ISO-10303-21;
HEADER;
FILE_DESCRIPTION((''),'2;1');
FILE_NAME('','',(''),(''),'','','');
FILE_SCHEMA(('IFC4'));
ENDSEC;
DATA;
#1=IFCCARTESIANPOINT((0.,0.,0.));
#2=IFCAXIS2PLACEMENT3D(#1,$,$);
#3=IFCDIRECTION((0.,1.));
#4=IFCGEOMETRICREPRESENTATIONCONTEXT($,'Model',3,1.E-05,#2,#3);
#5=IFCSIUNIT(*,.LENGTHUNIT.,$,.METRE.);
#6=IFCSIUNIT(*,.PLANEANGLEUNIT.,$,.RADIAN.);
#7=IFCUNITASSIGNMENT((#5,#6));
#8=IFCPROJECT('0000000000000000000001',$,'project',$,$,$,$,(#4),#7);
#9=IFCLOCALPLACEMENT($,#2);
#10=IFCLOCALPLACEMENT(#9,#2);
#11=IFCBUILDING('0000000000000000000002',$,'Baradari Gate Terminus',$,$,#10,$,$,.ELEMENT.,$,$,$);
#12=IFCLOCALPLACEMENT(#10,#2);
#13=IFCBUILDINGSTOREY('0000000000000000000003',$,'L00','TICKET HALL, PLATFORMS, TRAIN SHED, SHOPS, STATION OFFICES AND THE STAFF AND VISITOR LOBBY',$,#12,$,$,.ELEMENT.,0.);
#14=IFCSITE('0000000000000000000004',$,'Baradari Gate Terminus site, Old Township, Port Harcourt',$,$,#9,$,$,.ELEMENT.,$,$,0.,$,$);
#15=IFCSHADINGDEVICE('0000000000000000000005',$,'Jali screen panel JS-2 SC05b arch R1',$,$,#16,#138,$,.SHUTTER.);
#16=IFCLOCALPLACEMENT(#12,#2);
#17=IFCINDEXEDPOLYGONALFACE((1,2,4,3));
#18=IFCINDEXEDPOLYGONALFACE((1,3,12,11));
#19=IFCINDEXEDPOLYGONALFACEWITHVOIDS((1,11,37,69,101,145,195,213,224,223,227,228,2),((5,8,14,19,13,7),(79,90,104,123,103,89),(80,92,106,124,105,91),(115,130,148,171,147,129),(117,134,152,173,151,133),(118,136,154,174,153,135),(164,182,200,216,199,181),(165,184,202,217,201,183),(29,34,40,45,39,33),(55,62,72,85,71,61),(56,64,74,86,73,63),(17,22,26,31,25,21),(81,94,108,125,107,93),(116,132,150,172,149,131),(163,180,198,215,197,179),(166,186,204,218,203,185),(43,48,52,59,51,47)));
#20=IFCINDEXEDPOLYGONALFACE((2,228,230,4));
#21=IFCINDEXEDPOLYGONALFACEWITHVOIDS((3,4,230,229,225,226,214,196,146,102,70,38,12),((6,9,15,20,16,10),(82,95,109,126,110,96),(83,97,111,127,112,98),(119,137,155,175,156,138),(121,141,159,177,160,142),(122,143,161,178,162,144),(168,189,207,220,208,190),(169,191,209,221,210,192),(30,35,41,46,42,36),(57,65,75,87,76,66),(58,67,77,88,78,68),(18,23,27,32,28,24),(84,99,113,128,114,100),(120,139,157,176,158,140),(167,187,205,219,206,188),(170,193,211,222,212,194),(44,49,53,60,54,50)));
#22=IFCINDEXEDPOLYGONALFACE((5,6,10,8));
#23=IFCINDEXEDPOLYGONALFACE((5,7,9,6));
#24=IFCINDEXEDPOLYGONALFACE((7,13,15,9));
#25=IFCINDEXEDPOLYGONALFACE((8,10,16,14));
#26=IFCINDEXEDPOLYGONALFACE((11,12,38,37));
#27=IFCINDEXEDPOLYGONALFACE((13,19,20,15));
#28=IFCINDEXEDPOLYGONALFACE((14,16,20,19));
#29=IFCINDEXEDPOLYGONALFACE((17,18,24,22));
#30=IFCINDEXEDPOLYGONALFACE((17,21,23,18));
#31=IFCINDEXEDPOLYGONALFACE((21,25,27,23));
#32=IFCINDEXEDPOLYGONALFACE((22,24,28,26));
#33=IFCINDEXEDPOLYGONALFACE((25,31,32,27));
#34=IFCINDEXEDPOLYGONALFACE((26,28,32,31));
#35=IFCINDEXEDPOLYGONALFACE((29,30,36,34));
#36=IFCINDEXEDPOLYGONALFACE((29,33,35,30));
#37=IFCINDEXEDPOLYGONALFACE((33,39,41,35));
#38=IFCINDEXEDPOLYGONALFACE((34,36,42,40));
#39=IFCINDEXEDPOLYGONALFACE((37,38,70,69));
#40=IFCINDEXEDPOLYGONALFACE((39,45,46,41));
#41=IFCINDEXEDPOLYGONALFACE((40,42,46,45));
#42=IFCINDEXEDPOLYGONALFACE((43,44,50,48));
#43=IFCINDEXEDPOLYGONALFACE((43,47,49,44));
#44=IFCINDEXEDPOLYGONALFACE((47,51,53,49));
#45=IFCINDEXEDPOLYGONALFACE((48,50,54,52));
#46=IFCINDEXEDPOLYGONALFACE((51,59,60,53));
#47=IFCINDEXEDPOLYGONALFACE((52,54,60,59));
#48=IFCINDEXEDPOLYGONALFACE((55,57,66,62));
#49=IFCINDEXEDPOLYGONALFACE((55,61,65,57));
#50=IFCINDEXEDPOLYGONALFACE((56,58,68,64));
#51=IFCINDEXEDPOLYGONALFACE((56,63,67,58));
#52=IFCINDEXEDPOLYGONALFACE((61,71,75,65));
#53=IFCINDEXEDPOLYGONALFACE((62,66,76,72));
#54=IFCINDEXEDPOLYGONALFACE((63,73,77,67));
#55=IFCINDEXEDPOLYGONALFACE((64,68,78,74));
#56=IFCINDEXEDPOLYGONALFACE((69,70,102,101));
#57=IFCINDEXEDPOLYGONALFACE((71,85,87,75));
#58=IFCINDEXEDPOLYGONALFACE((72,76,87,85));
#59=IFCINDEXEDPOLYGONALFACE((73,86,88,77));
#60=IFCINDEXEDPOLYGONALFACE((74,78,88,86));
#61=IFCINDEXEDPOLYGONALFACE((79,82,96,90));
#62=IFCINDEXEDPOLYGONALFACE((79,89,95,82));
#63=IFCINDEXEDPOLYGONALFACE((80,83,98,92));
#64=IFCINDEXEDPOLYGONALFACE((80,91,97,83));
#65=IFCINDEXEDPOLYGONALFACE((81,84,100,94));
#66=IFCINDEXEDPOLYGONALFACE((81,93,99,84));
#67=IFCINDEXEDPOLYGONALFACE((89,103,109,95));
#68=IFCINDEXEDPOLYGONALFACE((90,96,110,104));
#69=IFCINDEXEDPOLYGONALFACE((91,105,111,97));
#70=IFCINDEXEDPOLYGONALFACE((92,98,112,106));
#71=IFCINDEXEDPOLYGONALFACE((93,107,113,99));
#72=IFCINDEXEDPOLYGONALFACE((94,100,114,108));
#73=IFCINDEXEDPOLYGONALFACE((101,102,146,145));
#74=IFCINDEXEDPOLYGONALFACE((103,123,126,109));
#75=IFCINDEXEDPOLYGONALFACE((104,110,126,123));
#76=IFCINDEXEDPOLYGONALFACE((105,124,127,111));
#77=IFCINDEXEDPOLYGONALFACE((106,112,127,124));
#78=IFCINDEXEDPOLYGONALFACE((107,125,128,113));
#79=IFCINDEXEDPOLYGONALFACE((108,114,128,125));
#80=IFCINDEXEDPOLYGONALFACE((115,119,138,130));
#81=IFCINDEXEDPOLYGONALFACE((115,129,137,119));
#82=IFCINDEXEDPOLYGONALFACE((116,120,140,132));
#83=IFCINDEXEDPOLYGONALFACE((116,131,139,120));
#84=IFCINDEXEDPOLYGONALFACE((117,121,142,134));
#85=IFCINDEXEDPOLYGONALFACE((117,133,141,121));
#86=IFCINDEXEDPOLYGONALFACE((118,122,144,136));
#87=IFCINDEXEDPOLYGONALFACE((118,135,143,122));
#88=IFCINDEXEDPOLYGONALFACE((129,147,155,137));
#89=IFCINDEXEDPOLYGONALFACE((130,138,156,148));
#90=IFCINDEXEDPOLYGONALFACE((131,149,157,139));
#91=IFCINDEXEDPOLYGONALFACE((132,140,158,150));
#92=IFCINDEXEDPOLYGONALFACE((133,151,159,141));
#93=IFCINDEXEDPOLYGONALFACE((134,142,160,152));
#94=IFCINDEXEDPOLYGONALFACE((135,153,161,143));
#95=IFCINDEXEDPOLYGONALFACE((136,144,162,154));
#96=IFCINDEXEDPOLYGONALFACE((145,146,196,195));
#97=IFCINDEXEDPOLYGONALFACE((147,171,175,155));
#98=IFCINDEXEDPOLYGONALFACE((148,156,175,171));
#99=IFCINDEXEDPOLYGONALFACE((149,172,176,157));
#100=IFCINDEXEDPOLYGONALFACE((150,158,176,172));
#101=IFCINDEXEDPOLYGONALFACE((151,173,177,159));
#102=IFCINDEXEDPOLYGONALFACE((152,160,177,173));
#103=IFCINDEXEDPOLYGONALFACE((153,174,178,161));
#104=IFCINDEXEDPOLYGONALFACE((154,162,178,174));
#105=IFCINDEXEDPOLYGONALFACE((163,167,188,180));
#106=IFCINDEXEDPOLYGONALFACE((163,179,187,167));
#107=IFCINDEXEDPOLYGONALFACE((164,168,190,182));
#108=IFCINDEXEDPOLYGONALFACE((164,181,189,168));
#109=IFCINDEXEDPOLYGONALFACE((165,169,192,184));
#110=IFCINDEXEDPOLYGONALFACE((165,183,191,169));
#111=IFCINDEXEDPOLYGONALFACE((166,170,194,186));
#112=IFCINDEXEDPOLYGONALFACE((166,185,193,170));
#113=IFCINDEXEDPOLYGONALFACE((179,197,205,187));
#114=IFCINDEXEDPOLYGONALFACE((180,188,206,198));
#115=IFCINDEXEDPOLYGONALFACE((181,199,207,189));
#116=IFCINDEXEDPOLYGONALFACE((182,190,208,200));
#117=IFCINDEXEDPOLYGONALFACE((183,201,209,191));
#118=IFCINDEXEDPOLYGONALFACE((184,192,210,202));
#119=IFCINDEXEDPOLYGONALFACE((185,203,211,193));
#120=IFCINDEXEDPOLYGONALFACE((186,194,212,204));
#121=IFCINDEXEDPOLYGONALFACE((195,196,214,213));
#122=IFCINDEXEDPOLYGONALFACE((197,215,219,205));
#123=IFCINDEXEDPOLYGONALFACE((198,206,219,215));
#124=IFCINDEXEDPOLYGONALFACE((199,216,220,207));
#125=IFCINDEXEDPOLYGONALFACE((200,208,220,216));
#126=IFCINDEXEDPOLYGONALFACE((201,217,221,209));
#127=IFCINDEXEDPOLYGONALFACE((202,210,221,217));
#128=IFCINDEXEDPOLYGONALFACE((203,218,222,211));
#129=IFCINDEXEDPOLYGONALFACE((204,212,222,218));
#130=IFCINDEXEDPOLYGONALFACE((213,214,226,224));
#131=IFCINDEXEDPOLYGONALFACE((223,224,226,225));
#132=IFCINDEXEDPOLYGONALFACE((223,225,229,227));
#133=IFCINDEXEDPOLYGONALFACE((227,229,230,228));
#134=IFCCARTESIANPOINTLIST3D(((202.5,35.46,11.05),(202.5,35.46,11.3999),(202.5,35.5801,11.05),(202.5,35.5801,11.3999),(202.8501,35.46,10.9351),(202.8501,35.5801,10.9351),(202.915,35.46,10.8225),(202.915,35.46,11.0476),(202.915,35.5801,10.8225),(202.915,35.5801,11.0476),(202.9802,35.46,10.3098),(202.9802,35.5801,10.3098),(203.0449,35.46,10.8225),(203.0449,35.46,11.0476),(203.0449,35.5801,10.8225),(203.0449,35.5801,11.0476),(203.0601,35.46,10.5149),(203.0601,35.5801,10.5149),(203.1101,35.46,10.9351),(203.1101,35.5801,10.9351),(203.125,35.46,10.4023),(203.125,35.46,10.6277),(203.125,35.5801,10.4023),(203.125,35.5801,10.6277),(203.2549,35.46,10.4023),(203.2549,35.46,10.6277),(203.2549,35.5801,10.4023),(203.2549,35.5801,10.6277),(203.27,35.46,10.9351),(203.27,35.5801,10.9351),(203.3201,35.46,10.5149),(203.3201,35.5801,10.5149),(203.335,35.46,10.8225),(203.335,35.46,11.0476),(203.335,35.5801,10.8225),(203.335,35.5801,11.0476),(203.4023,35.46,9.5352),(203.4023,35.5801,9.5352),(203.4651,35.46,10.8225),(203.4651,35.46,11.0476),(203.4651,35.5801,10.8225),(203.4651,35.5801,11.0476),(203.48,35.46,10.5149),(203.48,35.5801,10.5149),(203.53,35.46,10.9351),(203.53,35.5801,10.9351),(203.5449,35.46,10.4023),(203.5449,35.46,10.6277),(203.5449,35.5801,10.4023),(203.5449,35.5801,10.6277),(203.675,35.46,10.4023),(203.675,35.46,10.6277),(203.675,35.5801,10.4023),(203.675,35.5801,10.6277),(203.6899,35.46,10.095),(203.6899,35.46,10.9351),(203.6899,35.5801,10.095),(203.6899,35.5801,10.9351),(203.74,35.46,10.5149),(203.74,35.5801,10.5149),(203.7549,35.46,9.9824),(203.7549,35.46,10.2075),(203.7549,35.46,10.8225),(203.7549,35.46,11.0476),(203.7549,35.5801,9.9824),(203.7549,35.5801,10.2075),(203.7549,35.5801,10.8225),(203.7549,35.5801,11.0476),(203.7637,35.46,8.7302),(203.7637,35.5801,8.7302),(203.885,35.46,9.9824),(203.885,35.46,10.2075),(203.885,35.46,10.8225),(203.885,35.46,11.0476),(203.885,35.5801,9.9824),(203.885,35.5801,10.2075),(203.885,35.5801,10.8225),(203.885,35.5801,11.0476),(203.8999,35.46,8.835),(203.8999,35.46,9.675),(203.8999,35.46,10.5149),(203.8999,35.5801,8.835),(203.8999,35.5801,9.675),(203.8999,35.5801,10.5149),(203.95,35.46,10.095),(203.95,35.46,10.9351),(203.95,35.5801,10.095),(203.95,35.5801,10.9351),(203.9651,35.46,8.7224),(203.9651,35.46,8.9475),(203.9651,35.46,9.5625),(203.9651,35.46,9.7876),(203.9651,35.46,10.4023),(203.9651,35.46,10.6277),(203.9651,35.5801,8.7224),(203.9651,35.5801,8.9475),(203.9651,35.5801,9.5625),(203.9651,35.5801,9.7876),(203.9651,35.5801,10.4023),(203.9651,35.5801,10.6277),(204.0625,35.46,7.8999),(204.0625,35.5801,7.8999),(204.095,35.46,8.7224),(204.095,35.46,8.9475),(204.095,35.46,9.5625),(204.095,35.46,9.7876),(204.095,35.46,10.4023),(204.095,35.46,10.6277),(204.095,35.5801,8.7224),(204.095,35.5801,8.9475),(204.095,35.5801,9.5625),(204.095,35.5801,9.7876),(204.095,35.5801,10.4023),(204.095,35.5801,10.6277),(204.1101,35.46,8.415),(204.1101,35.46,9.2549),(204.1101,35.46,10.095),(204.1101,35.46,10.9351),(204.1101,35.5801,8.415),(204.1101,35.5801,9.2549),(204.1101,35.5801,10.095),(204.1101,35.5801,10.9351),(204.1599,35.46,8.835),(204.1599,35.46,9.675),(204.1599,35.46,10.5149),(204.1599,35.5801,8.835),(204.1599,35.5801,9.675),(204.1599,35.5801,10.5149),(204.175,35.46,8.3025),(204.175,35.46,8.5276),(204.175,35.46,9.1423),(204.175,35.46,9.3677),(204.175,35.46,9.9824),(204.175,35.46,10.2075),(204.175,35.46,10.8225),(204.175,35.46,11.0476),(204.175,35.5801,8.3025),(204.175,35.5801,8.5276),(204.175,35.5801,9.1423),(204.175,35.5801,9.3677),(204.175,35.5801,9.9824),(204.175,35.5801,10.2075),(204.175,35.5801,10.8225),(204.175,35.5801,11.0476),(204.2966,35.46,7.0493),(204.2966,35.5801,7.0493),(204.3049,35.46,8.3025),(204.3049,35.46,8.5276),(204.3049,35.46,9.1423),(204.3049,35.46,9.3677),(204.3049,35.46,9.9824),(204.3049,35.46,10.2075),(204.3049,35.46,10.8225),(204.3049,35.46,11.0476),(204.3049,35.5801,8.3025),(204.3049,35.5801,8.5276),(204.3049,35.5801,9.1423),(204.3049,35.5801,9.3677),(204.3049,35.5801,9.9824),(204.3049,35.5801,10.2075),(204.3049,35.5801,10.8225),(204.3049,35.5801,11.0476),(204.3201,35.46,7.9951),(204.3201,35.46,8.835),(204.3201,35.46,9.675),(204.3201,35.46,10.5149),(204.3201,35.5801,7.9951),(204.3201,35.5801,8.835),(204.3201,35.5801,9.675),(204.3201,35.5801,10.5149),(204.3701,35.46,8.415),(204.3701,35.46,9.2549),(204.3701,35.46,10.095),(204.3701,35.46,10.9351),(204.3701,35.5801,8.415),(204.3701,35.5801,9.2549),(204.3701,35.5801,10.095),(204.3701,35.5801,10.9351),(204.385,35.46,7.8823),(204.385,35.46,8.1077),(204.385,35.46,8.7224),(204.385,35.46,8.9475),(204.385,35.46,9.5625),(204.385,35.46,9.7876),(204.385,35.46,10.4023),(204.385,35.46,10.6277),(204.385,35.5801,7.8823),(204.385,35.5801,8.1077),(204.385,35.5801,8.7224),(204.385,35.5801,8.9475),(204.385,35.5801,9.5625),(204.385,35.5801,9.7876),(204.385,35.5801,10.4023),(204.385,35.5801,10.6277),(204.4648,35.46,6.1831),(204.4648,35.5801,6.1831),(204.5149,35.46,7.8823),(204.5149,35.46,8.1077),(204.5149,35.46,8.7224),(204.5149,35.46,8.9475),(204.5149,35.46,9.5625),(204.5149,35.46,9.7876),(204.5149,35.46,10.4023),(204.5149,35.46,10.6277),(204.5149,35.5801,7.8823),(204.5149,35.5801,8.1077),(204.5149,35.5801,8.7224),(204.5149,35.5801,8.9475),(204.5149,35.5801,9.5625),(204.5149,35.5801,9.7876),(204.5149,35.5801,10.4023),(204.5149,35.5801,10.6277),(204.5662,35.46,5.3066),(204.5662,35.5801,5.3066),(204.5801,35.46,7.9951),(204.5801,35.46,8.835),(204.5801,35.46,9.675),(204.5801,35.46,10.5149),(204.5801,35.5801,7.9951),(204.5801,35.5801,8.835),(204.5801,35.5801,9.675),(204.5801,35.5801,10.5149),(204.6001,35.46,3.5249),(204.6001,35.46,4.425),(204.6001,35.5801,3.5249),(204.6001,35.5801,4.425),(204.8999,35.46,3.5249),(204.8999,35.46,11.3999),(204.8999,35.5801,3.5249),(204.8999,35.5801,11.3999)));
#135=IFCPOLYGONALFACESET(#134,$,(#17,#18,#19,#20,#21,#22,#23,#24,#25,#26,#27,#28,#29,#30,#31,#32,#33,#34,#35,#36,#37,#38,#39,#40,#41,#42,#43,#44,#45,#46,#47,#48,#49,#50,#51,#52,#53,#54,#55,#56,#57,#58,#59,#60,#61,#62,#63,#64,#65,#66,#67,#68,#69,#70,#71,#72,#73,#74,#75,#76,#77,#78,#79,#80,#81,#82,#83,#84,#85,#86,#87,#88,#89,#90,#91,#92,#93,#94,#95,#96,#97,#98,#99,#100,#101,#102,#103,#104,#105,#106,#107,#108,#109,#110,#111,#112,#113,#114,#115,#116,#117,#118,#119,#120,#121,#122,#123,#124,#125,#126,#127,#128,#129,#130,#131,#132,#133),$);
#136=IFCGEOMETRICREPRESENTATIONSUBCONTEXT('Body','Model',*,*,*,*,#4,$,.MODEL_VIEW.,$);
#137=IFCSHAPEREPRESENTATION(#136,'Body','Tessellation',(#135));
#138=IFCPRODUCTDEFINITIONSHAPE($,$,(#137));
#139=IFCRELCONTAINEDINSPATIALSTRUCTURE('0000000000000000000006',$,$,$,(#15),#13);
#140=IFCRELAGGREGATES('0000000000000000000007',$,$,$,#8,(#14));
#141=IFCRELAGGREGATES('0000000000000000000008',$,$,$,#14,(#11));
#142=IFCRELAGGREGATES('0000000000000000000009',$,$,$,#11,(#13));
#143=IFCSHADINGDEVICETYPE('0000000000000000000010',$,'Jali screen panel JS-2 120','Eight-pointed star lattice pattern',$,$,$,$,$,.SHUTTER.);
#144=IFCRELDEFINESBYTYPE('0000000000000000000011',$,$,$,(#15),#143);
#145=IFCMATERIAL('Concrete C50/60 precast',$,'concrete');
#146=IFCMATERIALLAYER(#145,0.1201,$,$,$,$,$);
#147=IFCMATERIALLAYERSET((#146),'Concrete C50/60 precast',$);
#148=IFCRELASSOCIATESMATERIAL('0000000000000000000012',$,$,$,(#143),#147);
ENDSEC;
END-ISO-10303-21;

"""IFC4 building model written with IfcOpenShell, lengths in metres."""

from ifc_helpers import new_model, si_unit, direction, frame, origin, place, context, subcontext, project, spatial, polyline, outline, extrude, material, layer, layer_set, type_object, element, save


model = new_model("IFC4")

# Units and contexts
model_context = context("Model", 3, precision=1e-05, world=origin(), true_north=direction((0.0, 1.0)))
body_context = subcontext(model_context, "Body", "Model", "MODEL_VIEW")
ifc_project = project(units=[si_unit("LENGTHUNIT", "METRE"), si_unit("PLANEANGLEUNIT", "RADIAN")], contexts=[model_context])

# Site, building, storey
site_placement = place(None, origin())
site = spatial("IfcSite", under=ifc_project, at=site_placement, Name="Baradari Gate Terminus site, Old Township, Port Harcourt", CompositionType="ELEMENT", RefElevation=0.0)
building_placement = place(site_placement, origin())
building = spatial("IfcBuilding", under=site, at=building_placement, Name="Baradari Gate Terminus", CompositionType="ELEMENT")
storey_placement = place(building_placement, origin())
storey = spatial("IfcBuildingStorey", under=building, at=storey_placement, Name="L00", Description="TICKET HALL, PLATFORMS, TRAIN SHED, SHOPS, STATION OFFICES AND THE STAFF AND VISITOR LOBBY", CompositionType="ELEMENT", Elevation=0.0)

# Shading device
ifc_material_1 = material(Name="Concrete C50/60 precast", Category="concrete")
ifc_layer_1 = layer(ifc_material_1, 0.1201)
ifc_layer_set_1 = layer_set([ifc_layer_1], Name="Concrete C50/60 precast")
shading_device_type = type_object("IfcShadingDeviceType", Name="Jali screen panel JS-2 120", Description="Eight-pointed star lattice pattern", PredefinedType="SHUTTER", material=ifc_layer_set_1)
shading_device_1_placement = place(storey_placement, frame((202.5, 35.52, 3.5249), z_axis=(0.0, 0.0, 1.0), x_axis=(1.0, 0.0, 0.0)))
element("IfcShadingDevice", 1, at=shading_device_1_placement, inside=storey, type_object=shading_device_type, Name="Jali screen panel JS-2 SC05b arch R1", PredefinedType="SHUTTER", context=body_context, shape_type="SweptSolid", body=[
    extrude(outline(polyline([(0.0, 7.875), (0.0, 7.5251), (0.4802, 6.7849), (0.9023, 6.0103), (1.2637, 5.2053), (1.5625, 4.375), (1.7966, 3.5244), (1.9648, 2.6582), (2.0662, 1.7817), (2.1001, 0.9001), (2.1001, 0.0), (2.3999, 0.0), (2.3999, 7.875), (0.0, 7.875)]), holes=[polyline([(2.0801, 4.4702), (2.0149, 4.3574), (1.885, 4.3574), (1.8201, 4.4702), (1.885, 4.5828), (2.0149, 4.5828), (2.0801, 4.4702)]), polyline([(1.8701, 4.8901), (1.8049, 4.7776), (1.675, 4.7776), (1.6101, 4.8901), (1.675, 5.0027), (1.8049, 5.0027), (1.8701, 4.8901)]), polyline([(1.6599, 5.3101), (1.595, 5.1975), (1.4651, 5.1975), (1.3999, 5.3101), (1.4651, 5.4226), (1.595, 5.4226), (1.6599, 5.3101)]), polyline([(2.0801, 5.3101), (2.0149, 5.1975), (1.885, 5.1975), (1.8201, 5.3101), (1.885, 5.4226), (2.0149, 5.4226), (2.0801, 5.3101)]), polyline([(1.8701, 5.73), (1.8049, 5.6174), (1.675, 5.6174), (1.6101, 5.73), (1.675, 5.8428), (1.8049, 5.8428), (1.8701, 5.73)]), polyline([(1.6599, 6.1501), (1.595, 6.0376), (1.4651, 6.0376), (1.3999, 6.1501), (1.4651, 6.2627), (1.595, 6.2627), (1.6599, 6.1501)]), polyline([(2.0801, 6.1501), (2.0149, 6.0376), (1.885, 6.0376), (1.8201, 6.1501), (1.885, 6.2627), (2.0149, 6.2627), (2.0801, 6.1501)]), polyline([(1.45, 6.5701), (1.385, 6.4575), (1.2549, 6.4575), (1.1899, 6.5701), (1.2549, 6.6826), (1.385, 6.6826), (1.45, 6.5701)]), polyline([(1.8701, 6.5701), (1.8049, 6.4575), (1.675, 6.4575), (1.6101, 6.5701), (1.675, 6.6826), (1.8049, 6.6826), (1.8701, 6.5701)]), polyline([(0.8201, 6.99), (0.7549, 6.8774), (0.625, 6.8774), (0.5601, 6.99), (0.625, 7.1028), (0.7549, 7.1028), (0.8201, 6.99)]), polyline([(1.24, 6.99), (1.175, 6.8774), (1.0449, 6.8774), (0.98, 6.99), (1.0449, 7.1028), (1.175, 7.1028), (1.24, 6.99)]), polyline([(1.6599, 6.99), (1.595, 6.8774), (1.4651, 6.8774), (1.3999, 6.99), (1.4651, 7.1028), (1.595, 7.1028), (1.6599, 6.99)]), polyline([(2.0801, 6.99), (2.0149, 6.8774), (1.885, 6.8774), (1.8201, 6.99), (1.885, 7.1028), (2.0149, 7.1028), (2.0801, 6.99)]), polyline([(0.6101, 7.4102), (0.5449, 7.2976), (0.415, 7.2976), (0.3501, 7.4102), (0.415, 7.5227), (0.5449, 7.5227), (0.6101, 7.4102)]), polyline([(1.03, 7.4102), (0.9651, 7.2976), (0.835, 7.2976), (0.77, 7.4102), (0.835, 7.5227), (0.9651, 7.5227), (1.03, 7.4102)]), polyline([(1.45, 7.4102), (1.385, 7.2976), (1.2549, 7.2976), (1.1899, 7.4102), (1.2549, 7.5227), (1.385, 7.5227), (1.45, 7.4102)]), polyline([(1.8701, 7.4102), (1.8049, 7.2976), (1.675, 7.2976), (1.6101, 7.4102), (1.675, 7.5227), (1.8049, 7.5227), (1.8701, 7.4102)])]), frame((0.0, 0.0601, 0.0), z_axis=(0.0, -1.0, 0.0), x_axis=(1.0, 0.0, 0.0)), (0.0, 0.0, 1.0), 0.1201),
])

save(model, "model.ifc")
